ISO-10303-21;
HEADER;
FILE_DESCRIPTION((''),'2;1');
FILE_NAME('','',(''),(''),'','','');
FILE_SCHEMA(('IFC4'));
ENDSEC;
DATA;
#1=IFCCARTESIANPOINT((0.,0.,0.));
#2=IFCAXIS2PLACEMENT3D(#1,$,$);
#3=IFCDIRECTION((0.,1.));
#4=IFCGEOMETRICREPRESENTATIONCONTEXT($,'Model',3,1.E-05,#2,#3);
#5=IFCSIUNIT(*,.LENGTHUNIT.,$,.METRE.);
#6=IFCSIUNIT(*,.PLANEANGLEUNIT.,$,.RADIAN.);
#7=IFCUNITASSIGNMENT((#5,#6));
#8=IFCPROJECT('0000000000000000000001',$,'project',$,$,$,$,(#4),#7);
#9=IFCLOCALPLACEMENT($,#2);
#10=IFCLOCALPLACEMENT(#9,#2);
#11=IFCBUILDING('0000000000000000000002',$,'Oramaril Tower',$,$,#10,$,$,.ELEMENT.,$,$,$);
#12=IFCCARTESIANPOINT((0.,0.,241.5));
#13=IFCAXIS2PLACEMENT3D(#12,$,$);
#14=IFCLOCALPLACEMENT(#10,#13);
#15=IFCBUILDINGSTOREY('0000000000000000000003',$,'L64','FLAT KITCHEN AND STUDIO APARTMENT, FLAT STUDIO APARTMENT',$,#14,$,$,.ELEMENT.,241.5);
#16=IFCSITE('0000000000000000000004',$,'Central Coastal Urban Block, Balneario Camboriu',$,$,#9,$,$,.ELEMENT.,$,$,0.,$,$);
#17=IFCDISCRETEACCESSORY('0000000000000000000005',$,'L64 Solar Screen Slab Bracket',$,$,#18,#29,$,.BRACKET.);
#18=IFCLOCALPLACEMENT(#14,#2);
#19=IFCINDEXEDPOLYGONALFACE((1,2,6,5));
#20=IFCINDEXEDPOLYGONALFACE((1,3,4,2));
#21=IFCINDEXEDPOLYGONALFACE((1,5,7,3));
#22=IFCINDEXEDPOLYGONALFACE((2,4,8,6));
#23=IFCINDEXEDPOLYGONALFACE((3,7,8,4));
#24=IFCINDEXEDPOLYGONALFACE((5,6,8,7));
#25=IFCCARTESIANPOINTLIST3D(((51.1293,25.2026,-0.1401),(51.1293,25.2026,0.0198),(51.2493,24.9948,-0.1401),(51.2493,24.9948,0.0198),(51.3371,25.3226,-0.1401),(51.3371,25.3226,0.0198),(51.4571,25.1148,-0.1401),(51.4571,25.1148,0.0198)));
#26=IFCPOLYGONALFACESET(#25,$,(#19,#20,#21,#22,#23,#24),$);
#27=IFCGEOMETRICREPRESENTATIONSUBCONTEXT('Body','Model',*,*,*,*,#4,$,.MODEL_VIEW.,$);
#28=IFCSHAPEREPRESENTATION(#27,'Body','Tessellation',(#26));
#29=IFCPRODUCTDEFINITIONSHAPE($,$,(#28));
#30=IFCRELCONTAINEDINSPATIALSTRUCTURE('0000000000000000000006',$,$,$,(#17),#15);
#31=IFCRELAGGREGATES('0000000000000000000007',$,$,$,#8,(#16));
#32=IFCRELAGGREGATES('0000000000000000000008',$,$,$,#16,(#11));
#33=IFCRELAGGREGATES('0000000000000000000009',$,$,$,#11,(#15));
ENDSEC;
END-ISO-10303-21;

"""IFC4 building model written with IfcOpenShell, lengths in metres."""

from ifc_helpers import new_model, si_unit, direction, frame, origin, origin_2d, place, context, subcontext, project, spatial, rectangle, extrude, element, save


model = new_model("IFC4")

# Units and contexts
model_context = context("Model", 3, precision=1e-05, world=origin(), true_north=direction((0.0, 1.0)))
body_context = subcontext(model_context, "Body", "Model", "MODEL_VIEW")
ifc_project = project(units=[si_unit("LENGTHUNIT", "METRE"), si_unit("PLANEANGLEUNIT", "RADIAN")], contexts=[model_context])

# Site, building, storey
site_placement = place(None, origin())
site = spatial("IfcSite", under=ifc_project, at=site_placement, Name="Central Coastal Urban Block, Balneario Camboriu", CompositionType="ELEMENT", RefElevation=0.0)
building_placement = place(site_placement, origin())
building = spatial("IfcBuilding", under=site, at=building_placement, Name="Oramaril Tower", CompositionType="ELEMENT")
storey_placement = place(building_placement, frame((0.0, 0.0, 241.5)))
storey = spatial("IfcBuildingStorey", under=building, at=storey_placement, Name="L64", Description="FLAT KITCHEN AND STUDIO APARTMENT, FLAT STUDIO APARTMENT", CompositionType="ELEMENT", Elevation=241.5)

# Discrete accessory
discrete_accessory_placement = place(storey_placement, frame((51.2932, 25.1587, -0.1401), z_axis=(0.0, 0.0, 1.0), x_axis=(-0.499998, 0.866026, 0.0)))
element("IfcDiscreteAccessory", 1, at=discrete_accessory_placement, inside=storey, Name="L64 Solar Screen Slab Bracket", PredefinedType="BRACKET", context=body_context, shape_type="SweptSolid", body=[
    extrude(rectangle(XDim=0.24, YDim=0.24, at=origin_2d()), origin(), (0.0, 0.0, 1.0), 0.1599),
])

save(model, "model.ifc")
